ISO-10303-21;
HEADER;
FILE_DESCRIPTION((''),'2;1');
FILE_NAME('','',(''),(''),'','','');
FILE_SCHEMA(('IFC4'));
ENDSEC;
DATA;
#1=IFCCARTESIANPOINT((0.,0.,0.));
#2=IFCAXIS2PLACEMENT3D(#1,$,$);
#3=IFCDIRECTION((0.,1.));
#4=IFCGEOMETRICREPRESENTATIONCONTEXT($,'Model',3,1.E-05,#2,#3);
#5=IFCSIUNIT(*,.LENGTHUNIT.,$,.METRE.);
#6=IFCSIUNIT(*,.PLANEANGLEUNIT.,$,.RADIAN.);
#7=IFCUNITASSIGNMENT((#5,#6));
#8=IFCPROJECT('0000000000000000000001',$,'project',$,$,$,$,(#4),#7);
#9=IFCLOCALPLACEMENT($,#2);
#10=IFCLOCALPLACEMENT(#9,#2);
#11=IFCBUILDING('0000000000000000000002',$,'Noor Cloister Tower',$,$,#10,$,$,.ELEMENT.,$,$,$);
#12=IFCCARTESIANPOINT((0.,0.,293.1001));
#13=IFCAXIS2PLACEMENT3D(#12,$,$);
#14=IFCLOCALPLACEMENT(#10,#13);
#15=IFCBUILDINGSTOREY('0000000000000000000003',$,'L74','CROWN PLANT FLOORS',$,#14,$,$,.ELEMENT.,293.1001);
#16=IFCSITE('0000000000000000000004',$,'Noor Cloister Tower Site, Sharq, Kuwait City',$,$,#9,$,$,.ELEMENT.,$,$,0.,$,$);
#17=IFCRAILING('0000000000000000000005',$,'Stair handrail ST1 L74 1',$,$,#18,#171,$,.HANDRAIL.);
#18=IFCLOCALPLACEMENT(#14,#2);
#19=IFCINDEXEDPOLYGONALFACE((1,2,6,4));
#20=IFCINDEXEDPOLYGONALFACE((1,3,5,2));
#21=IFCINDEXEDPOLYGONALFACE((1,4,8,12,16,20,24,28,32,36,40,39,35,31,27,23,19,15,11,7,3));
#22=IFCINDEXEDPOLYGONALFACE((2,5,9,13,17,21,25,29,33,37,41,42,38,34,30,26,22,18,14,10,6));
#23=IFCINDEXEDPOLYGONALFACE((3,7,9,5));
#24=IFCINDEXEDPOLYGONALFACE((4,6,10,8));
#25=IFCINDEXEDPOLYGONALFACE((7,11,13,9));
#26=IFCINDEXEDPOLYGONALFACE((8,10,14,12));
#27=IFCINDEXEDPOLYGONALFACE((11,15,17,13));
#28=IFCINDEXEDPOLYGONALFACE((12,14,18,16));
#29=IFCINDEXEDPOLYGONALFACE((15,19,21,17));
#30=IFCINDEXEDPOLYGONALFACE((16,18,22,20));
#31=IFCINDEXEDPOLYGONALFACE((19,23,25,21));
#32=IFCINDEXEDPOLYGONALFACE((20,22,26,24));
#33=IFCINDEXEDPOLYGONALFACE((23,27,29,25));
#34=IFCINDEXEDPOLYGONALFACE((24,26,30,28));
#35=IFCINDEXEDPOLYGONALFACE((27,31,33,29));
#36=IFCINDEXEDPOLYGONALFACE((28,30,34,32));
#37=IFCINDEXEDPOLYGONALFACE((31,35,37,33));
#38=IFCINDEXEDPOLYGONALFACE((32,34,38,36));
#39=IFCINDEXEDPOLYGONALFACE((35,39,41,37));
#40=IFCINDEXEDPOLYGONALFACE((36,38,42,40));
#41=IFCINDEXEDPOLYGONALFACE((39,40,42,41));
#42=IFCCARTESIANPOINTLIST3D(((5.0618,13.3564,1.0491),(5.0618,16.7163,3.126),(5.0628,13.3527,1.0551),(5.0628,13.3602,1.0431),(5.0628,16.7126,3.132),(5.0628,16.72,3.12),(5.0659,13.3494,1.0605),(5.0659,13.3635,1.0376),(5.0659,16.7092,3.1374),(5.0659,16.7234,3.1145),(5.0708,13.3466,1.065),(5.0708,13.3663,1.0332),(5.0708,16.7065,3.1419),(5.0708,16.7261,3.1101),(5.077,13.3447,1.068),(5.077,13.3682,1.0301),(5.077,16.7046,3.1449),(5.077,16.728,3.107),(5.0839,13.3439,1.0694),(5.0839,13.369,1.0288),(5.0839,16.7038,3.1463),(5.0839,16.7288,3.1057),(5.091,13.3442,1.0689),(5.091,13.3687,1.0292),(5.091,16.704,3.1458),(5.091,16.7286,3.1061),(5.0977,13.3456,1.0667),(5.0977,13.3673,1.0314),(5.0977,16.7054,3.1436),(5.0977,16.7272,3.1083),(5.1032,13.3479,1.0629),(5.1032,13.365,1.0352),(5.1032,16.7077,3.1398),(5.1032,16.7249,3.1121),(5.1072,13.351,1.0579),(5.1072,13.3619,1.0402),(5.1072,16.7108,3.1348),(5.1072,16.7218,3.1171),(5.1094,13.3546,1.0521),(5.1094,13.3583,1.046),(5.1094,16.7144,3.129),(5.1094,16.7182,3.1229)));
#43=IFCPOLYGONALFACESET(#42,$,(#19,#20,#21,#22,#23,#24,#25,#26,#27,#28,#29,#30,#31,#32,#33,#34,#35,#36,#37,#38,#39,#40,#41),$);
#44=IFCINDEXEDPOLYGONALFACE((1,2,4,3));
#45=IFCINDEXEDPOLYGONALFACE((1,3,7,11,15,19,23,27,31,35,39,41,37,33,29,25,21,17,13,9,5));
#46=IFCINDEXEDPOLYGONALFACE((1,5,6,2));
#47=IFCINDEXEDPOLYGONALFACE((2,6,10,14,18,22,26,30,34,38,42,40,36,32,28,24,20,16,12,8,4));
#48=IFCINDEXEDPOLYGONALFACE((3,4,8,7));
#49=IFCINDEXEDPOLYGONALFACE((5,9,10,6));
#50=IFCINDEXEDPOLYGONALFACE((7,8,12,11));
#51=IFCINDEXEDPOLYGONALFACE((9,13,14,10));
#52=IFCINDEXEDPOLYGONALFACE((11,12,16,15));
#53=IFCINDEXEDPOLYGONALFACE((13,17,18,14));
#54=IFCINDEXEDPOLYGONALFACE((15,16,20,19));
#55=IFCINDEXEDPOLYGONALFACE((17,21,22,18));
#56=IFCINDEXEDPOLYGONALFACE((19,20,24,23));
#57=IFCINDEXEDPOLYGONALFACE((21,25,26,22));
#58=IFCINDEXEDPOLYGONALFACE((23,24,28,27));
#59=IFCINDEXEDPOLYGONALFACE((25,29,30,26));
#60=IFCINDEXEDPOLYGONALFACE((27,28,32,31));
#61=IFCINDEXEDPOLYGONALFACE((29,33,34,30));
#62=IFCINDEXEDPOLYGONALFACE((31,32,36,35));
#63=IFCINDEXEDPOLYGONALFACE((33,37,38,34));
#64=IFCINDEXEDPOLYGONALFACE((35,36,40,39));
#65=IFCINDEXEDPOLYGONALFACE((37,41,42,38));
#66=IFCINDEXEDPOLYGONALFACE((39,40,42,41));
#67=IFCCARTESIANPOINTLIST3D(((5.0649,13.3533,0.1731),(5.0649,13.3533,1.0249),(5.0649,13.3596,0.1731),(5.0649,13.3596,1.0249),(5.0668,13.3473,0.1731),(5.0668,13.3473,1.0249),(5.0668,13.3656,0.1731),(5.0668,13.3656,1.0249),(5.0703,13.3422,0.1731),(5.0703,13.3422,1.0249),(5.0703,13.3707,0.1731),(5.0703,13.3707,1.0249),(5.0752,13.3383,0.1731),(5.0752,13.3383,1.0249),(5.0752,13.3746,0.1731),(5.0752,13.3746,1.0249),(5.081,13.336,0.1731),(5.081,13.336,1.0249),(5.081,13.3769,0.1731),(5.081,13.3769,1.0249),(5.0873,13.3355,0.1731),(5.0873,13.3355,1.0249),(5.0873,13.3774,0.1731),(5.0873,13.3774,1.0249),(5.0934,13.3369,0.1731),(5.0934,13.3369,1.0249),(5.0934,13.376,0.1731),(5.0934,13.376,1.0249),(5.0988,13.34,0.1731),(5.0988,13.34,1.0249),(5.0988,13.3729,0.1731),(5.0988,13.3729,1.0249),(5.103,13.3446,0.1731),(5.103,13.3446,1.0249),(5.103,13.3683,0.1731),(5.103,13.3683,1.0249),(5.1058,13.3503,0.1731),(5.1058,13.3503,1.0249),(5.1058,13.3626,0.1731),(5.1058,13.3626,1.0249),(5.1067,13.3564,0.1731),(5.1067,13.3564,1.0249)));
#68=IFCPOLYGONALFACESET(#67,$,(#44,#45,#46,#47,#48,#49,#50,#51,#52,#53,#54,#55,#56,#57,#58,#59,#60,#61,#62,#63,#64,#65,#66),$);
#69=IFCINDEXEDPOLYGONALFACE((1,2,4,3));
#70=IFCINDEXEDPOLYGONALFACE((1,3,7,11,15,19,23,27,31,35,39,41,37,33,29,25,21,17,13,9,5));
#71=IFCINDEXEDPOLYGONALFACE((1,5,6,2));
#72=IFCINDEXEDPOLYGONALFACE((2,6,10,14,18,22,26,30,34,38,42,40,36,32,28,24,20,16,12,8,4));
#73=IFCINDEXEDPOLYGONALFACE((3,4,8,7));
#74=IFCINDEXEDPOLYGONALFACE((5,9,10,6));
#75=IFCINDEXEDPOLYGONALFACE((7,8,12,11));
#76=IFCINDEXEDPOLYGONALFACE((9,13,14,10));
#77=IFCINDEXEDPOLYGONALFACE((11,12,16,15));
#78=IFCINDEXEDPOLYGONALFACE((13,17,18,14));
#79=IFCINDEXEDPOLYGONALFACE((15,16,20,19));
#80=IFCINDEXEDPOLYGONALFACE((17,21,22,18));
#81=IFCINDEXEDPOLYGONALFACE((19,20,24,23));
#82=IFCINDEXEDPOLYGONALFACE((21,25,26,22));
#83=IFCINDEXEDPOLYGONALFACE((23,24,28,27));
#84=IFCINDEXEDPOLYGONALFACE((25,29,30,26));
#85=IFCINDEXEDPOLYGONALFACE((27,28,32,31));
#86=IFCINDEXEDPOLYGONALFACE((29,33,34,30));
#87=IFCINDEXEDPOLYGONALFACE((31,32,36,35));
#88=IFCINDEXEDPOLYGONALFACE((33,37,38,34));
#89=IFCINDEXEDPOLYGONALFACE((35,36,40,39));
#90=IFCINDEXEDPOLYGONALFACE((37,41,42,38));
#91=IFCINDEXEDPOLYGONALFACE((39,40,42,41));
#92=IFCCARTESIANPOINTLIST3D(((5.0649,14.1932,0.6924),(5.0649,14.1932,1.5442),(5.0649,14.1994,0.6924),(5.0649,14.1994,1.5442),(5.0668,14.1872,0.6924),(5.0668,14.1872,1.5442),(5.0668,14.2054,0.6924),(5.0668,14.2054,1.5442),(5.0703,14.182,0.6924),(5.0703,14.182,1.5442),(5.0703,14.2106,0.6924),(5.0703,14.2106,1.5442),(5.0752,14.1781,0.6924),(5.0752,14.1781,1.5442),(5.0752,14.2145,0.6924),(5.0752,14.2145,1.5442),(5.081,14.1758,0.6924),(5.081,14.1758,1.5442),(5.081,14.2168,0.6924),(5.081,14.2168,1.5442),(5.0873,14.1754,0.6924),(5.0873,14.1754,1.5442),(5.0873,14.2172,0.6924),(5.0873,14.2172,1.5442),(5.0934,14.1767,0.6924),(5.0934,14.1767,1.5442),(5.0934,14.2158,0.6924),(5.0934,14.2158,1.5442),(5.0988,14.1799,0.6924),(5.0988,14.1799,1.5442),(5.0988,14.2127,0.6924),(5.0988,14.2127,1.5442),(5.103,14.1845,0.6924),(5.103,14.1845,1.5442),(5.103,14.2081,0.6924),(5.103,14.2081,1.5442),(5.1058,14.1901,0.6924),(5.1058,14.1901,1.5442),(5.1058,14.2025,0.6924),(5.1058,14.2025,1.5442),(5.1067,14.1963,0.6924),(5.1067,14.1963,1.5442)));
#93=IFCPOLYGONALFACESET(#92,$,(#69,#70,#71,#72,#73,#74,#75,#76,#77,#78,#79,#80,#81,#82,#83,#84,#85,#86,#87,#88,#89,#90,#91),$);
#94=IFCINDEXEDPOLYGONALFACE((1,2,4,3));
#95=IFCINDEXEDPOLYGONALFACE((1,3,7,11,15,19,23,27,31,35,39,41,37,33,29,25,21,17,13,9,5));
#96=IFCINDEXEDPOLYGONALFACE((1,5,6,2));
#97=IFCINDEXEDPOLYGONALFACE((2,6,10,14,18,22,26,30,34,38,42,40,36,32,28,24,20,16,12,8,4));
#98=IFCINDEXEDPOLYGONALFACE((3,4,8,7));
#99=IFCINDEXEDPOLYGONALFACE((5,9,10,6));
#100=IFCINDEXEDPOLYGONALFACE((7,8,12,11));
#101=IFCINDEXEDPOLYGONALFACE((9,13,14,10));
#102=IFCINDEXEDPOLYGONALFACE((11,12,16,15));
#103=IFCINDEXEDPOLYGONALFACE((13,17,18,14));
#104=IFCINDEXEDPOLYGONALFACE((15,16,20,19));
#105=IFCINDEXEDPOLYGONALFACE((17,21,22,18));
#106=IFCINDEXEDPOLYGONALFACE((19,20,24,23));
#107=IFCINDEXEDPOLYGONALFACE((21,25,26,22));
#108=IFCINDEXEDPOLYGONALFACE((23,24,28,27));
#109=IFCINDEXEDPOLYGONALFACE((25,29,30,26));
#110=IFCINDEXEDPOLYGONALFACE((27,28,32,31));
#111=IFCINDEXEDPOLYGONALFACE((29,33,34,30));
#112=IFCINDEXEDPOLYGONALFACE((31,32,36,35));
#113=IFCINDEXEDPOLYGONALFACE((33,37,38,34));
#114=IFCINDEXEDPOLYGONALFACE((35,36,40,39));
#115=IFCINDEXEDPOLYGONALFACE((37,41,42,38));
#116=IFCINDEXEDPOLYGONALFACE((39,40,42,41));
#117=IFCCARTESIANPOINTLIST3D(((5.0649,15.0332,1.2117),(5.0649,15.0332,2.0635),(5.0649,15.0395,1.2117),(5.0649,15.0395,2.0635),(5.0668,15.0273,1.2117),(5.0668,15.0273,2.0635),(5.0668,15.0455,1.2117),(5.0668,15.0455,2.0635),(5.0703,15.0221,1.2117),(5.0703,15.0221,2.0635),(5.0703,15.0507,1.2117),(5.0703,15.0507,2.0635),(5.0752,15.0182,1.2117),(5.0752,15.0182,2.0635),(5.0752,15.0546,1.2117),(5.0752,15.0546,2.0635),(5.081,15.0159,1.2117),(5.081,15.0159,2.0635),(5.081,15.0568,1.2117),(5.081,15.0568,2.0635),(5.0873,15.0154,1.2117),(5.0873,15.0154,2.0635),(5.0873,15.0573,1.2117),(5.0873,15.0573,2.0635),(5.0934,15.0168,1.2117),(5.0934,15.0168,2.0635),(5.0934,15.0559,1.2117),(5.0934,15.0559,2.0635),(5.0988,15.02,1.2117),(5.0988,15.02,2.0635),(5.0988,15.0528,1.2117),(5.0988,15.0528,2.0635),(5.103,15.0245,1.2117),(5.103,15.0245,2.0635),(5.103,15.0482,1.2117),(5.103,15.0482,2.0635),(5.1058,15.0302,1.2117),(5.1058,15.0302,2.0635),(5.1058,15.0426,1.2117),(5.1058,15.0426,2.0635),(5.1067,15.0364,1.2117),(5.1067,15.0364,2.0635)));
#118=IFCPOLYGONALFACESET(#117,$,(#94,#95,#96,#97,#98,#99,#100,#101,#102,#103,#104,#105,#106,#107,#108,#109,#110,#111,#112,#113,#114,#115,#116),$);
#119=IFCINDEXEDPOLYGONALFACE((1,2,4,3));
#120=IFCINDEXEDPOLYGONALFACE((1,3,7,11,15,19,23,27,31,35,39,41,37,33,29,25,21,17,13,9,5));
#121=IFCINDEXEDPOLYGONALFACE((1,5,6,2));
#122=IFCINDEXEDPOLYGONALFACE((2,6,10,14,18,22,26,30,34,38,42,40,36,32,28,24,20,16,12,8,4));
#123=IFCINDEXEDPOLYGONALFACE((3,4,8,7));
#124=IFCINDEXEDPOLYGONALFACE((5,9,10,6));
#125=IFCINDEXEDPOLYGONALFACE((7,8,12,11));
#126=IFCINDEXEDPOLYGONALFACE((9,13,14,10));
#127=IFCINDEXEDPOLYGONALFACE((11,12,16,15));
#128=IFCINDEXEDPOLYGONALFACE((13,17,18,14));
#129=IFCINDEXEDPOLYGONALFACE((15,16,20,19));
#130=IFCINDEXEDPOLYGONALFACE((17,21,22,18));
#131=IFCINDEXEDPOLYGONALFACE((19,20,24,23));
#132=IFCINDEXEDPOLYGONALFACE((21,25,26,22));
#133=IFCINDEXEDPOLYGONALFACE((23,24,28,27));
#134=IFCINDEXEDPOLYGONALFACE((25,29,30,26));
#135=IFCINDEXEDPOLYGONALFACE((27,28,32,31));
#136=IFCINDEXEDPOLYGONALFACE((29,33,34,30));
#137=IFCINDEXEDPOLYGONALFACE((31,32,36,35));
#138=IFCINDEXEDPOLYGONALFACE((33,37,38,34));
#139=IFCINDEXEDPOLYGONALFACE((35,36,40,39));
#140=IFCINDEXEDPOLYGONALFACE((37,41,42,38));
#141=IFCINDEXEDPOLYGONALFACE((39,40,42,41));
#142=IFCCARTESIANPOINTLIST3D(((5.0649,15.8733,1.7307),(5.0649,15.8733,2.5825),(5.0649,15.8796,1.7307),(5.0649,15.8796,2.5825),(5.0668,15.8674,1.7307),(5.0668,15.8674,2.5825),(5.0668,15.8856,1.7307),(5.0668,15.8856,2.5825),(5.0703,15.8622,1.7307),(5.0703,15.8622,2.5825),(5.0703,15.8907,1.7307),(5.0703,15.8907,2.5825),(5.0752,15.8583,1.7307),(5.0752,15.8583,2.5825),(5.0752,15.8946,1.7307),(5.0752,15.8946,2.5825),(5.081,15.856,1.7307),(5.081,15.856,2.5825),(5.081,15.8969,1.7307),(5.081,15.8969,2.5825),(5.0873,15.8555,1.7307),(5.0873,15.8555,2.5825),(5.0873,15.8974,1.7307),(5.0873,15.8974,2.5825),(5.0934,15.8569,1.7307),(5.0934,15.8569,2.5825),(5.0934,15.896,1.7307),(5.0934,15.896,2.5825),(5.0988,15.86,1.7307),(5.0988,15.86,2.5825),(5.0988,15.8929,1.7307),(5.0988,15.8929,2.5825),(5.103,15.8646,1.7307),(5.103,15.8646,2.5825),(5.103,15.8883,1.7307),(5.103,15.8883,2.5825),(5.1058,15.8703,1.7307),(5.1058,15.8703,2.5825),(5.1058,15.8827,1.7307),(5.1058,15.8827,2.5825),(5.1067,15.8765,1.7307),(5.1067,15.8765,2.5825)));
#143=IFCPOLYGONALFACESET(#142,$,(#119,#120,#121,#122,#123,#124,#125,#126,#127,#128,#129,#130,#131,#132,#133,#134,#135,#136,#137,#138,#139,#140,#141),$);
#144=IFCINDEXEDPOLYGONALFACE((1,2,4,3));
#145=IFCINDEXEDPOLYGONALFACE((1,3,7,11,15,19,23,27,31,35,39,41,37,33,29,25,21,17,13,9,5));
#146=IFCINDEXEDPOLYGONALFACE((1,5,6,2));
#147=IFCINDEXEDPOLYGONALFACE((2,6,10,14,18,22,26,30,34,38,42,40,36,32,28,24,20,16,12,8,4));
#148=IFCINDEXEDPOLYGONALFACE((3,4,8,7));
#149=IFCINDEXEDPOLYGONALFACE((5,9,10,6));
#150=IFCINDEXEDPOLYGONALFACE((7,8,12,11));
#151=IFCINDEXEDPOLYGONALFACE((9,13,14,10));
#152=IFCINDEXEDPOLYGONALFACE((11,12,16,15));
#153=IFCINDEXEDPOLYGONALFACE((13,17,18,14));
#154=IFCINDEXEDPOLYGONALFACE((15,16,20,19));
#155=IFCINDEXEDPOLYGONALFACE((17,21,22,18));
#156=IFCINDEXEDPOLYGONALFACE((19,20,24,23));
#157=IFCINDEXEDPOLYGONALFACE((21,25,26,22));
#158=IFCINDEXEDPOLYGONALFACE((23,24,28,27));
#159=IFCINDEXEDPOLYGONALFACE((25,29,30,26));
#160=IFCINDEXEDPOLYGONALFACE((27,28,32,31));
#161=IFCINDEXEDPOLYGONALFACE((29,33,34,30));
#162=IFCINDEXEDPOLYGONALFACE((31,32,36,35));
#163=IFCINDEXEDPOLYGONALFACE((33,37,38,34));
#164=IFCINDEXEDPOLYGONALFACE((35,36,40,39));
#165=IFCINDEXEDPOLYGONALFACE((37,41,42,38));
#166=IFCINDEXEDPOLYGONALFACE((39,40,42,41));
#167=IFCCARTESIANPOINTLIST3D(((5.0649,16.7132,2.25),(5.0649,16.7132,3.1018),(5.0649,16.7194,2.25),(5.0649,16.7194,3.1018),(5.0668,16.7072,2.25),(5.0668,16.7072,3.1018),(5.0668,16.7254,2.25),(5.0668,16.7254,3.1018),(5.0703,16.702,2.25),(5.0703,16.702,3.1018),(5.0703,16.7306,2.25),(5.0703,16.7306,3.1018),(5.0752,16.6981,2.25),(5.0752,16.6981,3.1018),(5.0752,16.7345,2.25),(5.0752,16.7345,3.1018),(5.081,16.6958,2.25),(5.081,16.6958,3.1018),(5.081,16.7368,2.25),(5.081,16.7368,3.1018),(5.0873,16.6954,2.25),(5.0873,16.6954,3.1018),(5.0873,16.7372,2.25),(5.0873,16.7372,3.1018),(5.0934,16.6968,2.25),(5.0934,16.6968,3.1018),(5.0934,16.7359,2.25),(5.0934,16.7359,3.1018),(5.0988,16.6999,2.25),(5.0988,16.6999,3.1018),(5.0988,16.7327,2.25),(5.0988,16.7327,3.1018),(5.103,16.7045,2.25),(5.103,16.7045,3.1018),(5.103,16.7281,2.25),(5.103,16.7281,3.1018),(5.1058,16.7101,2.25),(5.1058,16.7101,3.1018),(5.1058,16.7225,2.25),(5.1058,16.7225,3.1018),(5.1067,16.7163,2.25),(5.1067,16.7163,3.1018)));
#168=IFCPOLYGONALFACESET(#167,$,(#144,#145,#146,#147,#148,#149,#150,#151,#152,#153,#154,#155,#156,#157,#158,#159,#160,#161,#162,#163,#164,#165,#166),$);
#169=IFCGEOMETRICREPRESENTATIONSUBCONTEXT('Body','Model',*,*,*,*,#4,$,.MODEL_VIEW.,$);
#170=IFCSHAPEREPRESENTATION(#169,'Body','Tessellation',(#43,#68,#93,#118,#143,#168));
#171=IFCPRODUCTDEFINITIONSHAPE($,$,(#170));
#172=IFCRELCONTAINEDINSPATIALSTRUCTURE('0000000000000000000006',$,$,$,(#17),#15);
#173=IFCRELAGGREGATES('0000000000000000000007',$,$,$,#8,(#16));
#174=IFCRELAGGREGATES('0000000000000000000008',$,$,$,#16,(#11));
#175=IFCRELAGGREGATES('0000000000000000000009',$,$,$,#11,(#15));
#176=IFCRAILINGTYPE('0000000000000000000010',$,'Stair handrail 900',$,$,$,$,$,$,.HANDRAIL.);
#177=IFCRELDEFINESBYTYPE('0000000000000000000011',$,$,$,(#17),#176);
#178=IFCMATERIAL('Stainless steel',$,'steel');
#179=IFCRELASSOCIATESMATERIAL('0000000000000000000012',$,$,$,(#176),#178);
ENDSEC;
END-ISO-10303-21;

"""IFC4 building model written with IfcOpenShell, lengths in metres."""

from ifc_helpers import new_model, si_unit, direction, frame, origin, origin_2d, place, context, subcontext, project, spatial, circle, extrude, material, type_object, element, save


model = new_model("IFC4")

# Units and contexts
model_context = context("Model", 3, precision=1e-05, world=origin(), true_north=direction((0.0, 1.0)))
body_context = subcontext(model_context, "Body", "Model", "MODEL_VIEW")
ifc_project = project(units=[si_unit("LENGTHUNIT", "METRE"), si_unit("PLANEANGLEUNIT", "RADIAN")], contexts=[model_context])

# Site, building, storey
site_placement = place(None, origin())
site = spatial("IfcSite", under=ifc_project, at=site_placement, Name="Noor Cloister Tower Site, Sharq, Kuwait City", CompositionType="ELEMENT", RefElevation=0.0)
building_placement = place(site_placement, origin())
building = spatial("IfcBuilding", under=site, at=building_placement, Name="Noor Cloister Tower", CompositionType="ELEMENT")
storey_placement = place(building_placement, frame((0.0, 0.0, 293.1001)))
storey = spatial("IfcBuildingStorey", under=building, at=storey_placement, Name="L74", Description="CROWN PLANT FLOORS", CompositionType="ELEMENT", Elevation=293.1001)

# Railing
ifc_material_1 = material(Name="Stainless steel", Category="steel")
railing_type_1 = type_object("IfcRailingType", Name="Stair handrail 900", PredefinedType="HANDRAIL", material=ifc_material_1)
railing_1_placement = place(storey_placement, frame((5.0857, 13.3564, 0.1731)))
element("IfcRailing", 1, at=railing_1_placement, inside=storey, type_object=railing_type_1, Name="Stair handrail ST1 L74 1", PredefinedType="HANDRAIL", context=body_context, shape_type="SweptSolid", body=[
    extrude(circle(Radius=0.0239, at=origin_2d()), frame((0.0, 0.0, 0.876), z_axis=(0.0, 0.850606, 0.525803), x_axis=(-1.0, 0.0, 0.0)), (0.0, 0.0, 1.0), 3.95),
    extrude(circle(Radius=0.021, at=origin_2d()), origin(), (0.0, 0.0, 1.0), 0.8518),
    extrude(circle(Radius=0.021, at=origin_2d()), frame((0.0, 0.8398, 0.5193)), (0.0, 0.0, 1.0), 0.8518),
    extrude(circle(Radius=0.021, at=origin_2d()), frame((0.0, 1.6799, 1.0386)), (0.0, 0.0, 1.0), 0.8518),
    extrude(circle(Radius=0.021, at=origin_2d()), frame((0.0, 2.52, 1.5576)), (0.0, 0.0, 1.0), 0.8518),
    extrude(circle(Radius=0.021, at=origin_2d()), frame((0.0, 3.3599, 2.0769)), (0.0, 0.0, 1.0), 0.8518),
])

save(model, "model.ifc")
